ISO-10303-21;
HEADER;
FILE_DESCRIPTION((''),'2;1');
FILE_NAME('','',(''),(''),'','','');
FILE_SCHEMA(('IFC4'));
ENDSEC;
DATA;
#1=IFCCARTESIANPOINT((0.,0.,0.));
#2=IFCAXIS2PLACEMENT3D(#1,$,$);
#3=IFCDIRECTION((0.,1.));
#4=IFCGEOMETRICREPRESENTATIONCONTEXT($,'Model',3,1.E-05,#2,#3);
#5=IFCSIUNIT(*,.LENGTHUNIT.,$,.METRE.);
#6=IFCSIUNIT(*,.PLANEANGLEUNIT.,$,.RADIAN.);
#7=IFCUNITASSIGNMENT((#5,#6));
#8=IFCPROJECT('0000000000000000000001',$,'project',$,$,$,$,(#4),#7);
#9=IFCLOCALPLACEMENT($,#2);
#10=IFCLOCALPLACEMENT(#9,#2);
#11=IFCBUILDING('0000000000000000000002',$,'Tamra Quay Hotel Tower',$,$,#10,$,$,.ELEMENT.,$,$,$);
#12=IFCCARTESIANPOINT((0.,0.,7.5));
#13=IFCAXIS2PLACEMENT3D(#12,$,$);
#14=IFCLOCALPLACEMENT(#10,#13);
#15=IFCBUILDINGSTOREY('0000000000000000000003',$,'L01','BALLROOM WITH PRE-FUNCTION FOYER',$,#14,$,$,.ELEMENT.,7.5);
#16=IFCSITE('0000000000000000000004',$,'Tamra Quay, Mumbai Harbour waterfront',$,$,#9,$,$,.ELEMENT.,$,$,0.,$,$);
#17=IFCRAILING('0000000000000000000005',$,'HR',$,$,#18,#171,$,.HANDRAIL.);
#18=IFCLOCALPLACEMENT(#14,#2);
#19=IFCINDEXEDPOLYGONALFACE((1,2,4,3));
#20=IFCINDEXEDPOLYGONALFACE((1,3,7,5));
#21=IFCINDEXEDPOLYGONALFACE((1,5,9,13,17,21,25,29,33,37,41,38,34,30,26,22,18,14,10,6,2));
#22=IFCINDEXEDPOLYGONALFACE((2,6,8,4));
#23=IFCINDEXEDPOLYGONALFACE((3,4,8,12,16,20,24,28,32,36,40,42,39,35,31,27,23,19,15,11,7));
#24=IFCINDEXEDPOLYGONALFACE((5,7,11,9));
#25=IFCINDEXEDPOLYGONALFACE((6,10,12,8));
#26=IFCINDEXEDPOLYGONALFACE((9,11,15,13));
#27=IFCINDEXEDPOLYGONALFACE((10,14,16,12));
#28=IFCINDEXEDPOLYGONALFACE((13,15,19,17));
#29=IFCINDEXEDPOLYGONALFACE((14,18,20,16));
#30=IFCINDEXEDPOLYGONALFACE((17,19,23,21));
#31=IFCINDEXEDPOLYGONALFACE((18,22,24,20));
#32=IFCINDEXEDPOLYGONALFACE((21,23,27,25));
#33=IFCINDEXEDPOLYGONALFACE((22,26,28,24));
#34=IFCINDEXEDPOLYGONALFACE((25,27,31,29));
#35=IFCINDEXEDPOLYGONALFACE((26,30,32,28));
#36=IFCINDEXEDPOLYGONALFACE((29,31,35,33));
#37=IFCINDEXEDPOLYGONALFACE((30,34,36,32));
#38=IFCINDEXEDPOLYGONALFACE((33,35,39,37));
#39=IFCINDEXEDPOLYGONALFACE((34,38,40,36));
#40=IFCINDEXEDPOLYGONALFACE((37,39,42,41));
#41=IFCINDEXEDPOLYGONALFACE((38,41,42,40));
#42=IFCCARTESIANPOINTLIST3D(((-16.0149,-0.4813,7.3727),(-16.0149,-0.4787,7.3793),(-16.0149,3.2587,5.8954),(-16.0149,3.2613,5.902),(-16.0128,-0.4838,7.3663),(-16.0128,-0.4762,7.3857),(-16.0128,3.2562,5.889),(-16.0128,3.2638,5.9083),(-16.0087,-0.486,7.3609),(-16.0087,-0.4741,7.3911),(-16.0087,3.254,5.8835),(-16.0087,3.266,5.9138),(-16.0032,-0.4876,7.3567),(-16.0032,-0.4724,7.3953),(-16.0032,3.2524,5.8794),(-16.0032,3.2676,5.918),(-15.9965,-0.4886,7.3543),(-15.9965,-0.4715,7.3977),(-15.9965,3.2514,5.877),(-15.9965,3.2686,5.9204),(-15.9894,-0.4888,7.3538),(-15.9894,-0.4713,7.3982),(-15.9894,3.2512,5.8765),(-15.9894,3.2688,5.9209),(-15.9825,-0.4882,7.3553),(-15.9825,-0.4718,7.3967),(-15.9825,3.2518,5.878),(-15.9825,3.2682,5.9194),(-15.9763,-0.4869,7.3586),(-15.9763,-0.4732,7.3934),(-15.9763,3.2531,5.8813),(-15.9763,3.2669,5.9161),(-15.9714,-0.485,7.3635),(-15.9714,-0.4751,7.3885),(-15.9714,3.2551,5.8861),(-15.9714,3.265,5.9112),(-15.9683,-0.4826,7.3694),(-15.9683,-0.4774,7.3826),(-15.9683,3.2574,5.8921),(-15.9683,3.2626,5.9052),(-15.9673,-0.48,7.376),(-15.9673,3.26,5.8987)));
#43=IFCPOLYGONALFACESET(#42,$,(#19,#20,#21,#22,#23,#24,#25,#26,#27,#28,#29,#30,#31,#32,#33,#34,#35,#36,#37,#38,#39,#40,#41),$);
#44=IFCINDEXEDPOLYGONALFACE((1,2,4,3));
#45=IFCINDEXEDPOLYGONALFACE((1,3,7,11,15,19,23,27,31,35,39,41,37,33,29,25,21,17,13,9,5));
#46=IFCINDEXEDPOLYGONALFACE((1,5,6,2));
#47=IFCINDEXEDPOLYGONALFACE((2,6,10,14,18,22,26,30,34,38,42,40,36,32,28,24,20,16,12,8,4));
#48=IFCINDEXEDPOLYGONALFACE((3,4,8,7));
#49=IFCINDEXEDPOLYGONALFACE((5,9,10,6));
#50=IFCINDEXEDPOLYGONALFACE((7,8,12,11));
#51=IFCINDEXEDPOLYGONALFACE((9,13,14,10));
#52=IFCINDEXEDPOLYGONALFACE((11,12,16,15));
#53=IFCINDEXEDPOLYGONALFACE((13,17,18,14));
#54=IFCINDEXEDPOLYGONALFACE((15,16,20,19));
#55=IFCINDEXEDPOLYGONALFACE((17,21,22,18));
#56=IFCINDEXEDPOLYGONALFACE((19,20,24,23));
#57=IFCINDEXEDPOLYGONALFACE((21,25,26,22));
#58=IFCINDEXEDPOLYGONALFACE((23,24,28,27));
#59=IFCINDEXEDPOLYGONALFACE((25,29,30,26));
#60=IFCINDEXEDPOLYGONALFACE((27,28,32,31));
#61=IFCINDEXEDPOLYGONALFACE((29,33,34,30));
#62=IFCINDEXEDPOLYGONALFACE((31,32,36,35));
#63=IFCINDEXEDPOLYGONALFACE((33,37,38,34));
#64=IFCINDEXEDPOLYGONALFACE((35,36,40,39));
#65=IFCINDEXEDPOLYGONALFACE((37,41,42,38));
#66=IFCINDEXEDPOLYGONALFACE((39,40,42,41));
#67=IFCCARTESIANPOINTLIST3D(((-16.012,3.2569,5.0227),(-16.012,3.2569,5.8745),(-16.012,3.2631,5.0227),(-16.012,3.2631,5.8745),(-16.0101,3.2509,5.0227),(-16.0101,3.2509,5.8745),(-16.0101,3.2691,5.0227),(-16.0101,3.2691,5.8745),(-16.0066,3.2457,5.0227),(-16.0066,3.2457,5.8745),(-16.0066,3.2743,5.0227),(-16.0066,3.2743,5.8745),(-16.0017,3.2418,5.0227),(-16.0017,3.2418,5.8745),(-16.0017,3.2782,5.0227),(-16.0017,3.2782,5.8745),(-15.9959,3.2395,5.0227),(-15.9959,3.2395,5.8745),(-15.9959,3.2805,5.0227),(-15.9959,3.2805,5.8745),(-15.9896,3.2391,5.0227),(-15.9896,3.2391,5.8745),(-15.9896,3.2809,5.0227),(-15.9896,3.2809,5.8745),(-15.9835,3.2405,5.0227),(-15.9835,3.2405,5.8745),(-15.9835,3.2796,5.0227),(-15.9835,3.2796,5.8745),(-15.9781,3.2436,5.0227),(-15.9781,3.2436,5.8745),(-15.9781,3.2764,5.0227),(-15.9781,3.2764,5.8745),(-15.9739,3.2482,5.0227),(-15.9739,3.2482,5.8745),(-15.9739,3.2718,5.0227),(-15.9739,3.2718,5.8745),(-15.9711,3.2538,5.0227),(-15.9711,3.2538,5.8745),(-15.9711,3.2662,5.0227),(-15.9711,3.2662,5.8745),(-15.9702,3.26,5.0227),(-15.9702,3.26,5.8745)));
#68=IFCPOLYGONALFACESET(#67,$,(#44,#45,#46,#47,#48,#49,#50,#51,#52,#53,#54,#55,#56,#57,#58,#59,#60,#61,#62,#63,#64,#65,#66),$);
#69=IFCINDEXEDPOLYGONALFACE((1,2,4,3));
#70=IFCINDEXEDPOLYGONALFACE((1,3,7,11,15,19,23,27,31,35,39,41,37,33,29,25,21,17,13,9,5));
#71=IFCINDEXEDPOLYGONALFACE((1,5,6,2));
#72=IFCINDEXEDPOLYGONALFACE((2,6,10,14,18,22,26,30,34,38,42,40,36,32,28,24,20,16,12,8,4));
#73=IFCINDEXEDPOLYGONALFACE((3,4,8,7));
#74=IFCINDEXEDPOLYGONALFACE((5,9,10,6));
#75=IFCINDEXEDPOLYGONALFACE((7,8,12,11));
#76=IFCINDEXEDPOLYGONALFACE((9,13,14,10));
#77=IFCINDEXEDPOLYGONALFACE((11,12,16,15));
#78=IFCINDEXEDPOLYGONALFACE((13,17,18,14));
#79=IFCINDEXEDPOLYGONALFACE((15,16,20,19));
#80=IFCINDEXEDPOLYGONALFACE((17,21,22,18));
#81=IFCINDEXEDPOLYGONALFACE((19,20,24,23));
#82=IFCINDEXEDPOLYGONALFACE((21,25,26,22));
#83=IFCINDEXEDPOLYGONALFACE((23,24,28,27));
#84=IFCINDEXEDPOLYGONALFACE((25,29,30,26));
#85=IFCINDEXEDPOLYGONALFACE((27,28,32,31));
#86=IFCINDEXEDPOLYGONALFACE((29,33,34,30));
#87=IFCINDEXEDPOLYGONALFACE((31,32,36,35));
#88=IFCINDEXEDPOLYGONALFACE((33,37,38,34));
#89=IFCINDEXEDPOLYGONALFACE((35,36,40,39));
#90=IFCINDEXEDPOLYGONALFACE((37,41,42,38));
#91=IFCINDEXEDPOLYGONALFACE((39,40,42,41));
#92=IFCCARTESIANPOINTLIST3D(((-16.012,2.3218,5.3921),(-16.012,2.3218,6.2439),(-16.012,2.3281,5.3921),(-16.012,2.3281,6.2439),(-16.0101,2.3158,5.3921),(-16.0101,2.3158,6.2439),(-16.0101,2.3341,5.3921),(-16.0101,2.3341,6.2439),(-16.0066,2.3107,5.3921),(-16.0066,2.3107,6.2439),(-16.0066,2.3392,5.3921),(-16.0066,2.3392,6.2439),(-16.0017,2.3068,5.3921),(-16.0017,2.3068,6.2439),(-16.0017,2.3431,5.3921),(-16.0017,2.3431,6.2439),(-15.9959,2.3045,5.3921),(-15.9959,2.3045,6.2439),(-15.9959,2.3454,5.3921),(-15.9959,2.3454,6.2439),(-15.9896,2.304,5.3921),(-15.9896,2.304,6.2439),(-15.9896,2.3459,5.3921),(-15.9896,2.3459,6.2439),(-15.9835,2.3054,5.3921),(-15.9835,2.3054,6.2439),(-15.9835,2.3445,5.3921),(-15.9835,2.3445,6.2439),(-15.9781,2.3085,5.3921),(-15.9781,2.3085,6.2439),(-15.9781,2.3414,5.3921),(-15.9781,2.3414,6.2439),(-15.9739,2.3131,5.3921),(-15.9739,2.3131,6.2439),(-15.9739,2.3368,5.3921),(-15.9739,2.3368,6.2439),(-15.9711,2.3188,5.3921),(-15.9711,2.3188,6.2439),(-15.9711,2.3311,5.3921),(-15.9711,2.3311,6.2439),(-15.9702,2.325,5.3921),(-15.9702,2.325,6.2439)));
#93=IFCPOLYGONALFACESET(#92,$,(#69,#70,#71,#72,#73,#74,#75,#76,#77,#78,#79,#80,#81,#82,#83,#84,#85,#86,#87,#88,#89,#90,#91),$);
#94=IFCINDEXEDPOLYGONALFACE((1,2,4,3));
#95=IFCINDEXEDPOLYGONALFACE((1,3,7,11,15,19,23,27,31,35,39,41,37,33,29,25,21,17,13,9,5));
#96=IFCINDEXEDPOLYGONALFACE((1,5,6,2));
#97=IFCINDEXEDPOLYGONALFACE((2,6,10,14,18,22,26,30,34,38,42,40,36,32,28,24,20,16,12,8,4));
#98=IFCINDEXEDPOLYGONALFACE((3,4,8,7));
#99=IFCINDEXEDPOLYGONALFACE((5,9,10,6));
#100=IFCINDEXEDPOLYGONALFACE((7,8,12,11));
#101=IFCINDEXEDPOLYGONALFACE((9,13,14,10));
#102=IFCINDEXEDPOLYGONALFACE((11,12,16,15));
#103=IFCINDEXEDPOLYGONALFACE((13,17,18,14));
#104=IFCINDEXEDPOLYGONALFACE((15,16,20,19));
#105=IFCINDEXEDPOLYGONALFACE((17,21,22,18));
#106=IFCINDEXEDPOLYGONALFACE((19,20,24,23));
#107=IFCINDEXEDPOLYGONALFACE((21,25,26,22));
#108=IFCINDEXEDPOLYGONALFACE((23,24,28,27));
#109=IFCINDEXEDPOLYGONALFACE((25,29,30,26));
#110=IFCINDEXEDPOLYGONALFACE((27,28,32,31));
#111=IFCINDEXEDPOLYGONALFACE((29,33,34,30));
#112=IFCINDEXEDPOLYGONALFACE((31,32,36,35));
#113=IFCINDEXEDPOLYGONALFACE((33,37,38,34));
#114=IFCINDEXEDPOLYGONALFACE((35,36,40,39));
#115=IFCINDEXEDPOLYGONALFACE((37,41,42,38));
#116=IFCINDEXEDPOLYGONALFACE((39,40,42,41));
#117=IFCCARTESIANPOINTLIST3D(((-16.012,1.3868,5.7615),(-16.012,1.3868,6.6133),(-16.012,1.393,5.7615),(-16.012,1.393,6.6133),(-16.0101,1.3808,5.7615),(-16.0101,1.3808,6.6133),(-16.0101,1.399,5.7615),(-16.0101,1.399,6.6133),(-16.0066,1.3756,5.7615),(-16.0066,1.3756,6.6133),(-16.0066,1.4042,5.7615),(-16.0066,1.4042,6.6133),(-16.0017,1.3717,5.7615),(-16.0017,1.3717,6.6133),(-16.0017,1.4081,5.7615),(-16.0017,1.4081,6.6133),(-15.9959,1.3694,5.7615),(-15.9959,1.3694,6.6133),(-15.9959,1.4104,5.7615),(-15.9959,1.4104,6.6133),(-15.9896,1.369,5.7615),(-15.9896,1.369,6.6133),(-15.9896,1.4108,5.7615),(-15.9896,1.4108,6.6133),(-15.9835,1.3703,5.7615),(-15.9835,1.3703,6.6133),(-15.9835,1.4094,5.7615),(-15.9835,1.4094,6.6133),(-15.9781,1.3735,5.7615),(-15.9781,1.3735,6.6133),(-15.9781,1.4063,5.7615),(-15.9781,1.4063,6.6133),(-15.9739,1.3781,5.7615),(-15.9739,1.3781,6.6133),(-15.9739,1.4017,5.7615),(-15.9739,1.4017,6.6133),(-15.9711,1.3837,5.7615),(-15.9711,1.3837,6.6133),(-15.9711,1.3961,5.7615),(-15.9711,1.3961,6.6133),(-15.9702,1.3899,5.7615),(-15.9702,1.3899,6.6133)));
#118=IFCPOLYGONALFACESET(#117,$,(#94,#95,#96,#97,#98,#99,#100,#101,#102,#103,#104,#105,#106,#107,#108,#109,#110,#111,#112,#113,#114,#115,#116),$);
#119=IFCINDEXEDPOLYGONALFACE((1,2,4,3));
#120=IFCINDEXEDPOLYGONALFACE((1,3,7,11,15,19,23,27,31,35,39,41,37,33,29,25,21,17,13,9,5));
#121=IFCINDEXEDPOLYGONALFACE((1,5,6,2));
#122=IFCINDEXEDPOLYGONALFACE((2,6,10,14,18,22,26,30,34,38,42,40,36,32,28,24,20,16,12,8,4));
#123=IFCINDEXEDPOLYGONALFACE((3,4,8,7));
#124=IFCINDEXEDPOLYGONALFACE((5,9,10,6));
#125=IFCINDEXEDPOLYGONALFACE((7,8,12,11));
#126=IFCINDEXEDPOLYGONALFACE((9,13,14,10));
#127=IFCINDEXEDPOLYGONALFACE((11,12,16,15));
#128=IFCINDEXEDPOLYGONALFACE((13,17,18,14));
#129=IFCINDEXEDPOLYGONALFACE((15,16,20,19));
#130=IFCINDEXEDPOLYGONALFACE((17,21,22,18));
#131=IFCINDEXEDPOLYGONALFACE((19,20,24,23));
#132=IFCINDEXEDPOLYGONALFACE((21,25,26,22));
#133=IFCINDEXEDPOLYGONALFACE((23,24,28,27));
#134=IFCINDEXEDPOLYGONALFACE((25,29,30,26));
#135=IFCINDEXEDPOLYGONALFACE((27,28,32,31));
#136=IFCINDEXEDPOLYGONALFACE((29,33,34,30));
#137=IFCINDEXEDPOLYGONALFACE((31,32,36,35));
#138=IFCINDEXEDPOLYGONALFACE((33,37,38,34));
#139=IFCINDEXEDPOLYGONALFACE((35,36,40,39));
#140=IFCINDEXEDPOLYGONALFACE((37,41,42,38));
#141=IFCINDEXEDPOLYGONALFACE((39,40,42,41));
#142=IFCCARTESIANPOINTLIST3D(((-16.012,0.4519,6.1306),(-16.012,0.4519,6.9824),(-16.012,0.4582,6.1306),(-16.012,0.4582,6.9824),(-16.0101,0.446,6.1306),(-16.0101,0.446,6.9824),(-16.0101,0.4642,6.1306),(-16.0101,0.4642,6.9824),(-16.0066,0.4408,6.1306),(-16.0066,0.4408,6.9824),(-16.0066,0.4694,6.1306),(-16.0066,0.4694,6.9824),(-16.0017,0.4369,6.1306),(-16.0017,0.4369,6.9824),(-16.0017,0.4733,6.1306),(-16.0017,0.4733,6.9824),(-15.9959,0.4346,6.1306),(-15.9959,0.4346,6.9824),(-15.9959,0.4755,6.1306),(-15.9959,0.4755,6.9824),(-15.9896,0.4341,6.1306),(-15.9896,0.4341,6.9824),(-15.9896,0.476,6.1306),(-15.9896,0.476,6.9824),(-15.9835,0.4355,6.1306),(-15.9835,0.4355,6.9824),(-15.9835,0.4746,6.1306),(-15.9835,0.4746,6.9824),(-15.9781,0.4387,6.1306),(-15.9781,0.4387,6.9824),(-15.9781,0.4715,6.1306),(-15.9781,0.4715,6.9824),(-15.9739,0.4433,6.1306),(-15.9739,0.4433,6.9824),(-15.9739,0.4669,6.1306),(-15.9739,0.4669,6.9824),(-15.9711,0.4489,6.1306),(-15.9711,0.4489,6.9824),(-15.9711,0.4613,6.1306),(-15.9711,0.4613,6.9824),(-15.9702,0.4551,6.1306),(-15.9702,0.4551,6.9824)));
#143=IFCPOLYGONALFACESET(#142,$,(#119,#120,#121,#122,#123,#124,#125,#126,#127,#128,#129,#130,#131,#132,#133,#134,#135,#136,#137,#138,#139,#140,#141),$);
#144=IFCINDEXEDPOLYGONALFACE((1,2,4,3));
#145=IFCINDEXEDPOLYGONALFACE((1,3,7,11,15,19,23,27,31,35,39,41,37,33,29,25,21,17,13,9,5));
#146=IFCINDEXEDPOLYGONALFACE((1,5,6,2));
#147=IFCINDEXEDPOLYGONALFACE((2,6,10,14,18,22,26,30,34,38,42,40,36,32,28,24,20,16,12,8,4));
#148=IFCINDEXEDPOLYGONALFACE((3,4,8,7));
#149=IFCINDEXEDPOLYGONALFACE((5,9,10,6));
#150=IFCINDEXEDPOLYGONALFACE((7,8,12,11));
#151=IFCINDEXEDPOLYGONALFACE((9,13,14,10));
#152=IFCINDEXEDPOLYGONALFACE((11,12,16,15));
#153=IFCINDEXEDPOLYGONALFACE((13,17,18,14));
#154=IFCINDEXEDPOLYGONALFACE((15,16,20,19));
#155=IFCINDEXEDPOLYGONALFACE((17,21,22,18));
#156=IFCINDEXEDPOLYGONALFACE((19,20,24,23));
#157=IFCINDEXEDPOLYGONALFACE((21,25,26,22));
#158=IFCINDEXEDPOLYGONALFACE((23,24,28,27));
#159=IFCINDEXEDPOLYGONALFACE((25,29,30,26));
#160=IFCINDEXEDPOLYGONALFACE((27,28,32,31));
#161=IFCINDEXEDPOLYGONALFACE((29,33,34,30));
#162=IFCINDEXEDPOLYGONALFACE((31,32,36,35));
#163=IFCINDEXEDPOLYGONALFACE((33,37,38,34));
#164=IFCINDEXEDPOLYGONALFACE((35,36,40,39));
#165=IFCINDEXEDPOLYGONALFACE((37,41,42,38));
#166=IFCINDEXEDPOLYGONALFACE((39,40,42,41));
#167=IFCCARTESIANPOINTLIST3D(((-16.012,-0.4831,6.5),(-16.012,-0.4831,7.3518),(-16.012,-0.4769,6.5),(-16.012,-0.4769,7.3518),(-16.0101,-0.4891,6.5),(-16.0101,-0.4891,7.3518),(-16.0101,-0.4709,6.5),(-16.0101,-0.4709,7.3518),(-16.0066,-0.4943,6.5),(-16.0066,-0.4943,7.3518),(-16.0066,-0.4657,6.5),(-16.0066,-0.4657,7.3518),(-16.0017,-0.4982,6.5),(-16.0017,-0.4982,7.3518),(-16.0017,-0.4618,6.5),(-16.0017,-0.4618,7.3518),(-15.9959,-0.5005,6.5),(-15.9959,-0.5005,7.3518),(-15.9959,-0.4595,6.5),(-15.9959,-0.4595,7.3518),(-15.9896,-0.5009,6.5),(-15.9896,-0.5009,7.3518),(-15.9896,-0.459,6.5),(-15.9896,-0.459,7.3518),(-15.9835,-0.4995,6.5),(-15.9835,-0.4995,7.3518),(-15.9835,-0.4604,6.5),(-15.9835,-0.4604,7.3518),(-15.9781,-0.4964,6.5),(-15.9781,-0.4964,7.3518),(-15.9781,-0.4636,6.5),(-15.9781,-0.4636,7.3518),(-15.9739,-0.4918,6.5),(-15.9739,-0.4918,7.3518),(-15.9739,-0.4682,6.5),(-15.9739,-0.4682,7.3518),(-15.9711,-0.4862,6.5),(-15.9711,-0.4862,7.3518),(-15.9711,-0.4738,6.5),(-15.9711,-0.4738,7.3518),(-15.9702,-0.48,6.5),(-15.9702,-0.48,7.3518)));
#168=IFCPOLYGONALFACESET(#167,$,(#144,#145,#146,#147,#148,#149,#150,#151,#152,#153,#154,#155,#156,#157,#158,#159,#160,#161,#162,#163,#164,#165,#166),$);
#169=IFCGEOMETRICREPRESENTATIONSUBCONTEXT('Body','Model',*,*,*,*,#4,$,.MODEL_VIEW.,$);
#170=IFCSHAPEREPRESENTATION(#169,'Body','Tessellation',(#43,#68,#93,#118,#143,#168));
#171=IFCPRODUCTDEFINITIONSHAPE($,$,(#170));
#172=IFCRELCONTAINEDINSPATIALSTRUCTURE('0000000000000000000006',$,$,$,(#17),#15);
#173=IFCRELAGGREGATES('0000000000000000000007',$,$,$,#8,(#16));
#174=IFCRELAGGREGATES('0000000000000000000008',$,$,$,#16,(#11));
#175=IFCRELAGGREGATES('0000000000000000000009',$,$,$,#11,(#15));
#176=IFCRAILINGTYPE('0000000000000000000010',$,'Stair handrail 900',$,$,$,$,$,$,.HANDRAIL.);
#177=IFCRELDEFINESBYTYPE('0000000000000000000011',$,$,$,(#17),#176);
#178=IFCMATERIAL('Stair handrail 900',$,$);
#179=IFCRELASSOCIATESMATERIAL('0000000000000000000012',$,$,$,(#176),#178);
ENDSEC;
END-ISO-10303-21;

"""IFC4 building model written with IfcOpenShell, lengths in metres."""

from ifc_helpers import new_model, si_unit, direction, frame, origin, origin_2d, place, context, subcontext, project, spatial, circle, extrude, material, type_object, element, save


model = new_model("IFC4")

# Units and contexts
model_context = context("Model", 3, precision=1e-05, world=origin(), true_north=direction((0.0, 1.0)))
body_context = subcontext(model_context, "Body", "Model", "MODEL_VIEW")
ifc_project = project(units=[si_unit("LENGTHUNIT", "METRE"), si_unit("PLANEANGLEUNIT", "RADIAN")], contexts=[model_context])

# Site, building, storey
site_placement = place(None, origin())
site = spatial("IfcSite", under=ifc_project, at=site_placement, Name="Tamra Quay, Mumbai Harbour waterfront", CompositionType="ELEMENT", RefElevation=0.0)
building_placement = place(site_placement, origin())
building = spatial("IfcBuilding", under=site, at=building_placement, Name="Tamra Quay Hotel Tower", CompositionType="ELEMENT")
storey_placement = place(building_placement, frame((0.0, 0.0, 7.5)))
storey = spatial("IfcBuildingStorey", under=building, at=storey_placement, Name="L01", Description="BALLROOM WITH PRE-FUNCTION FOYER", CompositionType="ELEMENT", Elevation=7.5)

# Railing
ifc_material_1 = material(Name="Stair handrail 900")
railing_type_1 = type_object("IfcRailingType", Name="Stair handrail 900", PredefinedType="HANDRAIL", material=ifc_material_1)
for number, where, name in (
    (1, (-15.9912, 3.26, 5.0227), "HR"),
):
    element("IfcRailing", number, at=place(storey_placement, frame(where)), inside=storey, type_object=railing_type_1, Name=name, PredefinedType="HANDRAIL", context=body_context, shape_type="SweptSolid", body=[
        extrude(circle(Radius=0.0239, at=origin_2d()), frame((0.0, 0.0, 0.876), z_axis=(0.0, -0.930072, 0.367378), x_axis=(1.0, 0.0, 0.0)), (0.0, 0.0, 1.0), 4.0212),
        extrude(circle(Radius=0.021, at=origin_2d()), origin(), (0.0, 0.0, 1.0), 0.8518),
        extrude(circle(Radius=0.021, at=origin_2d()), frame((0.0, -0.9351, 0.3694)), (0.0, 0.0, 1.0), 0.8518),
        extrude(circle(Radius=0.021, at=origin_2d()), frame((0.0, -1.8701, 0.7388)), (0.0, 0.0, 1.0), 0.8518),
        extrude(circle(Radius=0.021, at=origin_2d()), frame((0.0, -2.8049, 1.1079)), (0.0, 0.0, 1.0), 0.8518),
        extrude(circle(Radius=0.021, at=origin_2d()), frame((0.0, -3.74, 1.4773)), (0.0, 0.0, 1.0), 0.8518),
    ])

save(model, "model.ifc")
